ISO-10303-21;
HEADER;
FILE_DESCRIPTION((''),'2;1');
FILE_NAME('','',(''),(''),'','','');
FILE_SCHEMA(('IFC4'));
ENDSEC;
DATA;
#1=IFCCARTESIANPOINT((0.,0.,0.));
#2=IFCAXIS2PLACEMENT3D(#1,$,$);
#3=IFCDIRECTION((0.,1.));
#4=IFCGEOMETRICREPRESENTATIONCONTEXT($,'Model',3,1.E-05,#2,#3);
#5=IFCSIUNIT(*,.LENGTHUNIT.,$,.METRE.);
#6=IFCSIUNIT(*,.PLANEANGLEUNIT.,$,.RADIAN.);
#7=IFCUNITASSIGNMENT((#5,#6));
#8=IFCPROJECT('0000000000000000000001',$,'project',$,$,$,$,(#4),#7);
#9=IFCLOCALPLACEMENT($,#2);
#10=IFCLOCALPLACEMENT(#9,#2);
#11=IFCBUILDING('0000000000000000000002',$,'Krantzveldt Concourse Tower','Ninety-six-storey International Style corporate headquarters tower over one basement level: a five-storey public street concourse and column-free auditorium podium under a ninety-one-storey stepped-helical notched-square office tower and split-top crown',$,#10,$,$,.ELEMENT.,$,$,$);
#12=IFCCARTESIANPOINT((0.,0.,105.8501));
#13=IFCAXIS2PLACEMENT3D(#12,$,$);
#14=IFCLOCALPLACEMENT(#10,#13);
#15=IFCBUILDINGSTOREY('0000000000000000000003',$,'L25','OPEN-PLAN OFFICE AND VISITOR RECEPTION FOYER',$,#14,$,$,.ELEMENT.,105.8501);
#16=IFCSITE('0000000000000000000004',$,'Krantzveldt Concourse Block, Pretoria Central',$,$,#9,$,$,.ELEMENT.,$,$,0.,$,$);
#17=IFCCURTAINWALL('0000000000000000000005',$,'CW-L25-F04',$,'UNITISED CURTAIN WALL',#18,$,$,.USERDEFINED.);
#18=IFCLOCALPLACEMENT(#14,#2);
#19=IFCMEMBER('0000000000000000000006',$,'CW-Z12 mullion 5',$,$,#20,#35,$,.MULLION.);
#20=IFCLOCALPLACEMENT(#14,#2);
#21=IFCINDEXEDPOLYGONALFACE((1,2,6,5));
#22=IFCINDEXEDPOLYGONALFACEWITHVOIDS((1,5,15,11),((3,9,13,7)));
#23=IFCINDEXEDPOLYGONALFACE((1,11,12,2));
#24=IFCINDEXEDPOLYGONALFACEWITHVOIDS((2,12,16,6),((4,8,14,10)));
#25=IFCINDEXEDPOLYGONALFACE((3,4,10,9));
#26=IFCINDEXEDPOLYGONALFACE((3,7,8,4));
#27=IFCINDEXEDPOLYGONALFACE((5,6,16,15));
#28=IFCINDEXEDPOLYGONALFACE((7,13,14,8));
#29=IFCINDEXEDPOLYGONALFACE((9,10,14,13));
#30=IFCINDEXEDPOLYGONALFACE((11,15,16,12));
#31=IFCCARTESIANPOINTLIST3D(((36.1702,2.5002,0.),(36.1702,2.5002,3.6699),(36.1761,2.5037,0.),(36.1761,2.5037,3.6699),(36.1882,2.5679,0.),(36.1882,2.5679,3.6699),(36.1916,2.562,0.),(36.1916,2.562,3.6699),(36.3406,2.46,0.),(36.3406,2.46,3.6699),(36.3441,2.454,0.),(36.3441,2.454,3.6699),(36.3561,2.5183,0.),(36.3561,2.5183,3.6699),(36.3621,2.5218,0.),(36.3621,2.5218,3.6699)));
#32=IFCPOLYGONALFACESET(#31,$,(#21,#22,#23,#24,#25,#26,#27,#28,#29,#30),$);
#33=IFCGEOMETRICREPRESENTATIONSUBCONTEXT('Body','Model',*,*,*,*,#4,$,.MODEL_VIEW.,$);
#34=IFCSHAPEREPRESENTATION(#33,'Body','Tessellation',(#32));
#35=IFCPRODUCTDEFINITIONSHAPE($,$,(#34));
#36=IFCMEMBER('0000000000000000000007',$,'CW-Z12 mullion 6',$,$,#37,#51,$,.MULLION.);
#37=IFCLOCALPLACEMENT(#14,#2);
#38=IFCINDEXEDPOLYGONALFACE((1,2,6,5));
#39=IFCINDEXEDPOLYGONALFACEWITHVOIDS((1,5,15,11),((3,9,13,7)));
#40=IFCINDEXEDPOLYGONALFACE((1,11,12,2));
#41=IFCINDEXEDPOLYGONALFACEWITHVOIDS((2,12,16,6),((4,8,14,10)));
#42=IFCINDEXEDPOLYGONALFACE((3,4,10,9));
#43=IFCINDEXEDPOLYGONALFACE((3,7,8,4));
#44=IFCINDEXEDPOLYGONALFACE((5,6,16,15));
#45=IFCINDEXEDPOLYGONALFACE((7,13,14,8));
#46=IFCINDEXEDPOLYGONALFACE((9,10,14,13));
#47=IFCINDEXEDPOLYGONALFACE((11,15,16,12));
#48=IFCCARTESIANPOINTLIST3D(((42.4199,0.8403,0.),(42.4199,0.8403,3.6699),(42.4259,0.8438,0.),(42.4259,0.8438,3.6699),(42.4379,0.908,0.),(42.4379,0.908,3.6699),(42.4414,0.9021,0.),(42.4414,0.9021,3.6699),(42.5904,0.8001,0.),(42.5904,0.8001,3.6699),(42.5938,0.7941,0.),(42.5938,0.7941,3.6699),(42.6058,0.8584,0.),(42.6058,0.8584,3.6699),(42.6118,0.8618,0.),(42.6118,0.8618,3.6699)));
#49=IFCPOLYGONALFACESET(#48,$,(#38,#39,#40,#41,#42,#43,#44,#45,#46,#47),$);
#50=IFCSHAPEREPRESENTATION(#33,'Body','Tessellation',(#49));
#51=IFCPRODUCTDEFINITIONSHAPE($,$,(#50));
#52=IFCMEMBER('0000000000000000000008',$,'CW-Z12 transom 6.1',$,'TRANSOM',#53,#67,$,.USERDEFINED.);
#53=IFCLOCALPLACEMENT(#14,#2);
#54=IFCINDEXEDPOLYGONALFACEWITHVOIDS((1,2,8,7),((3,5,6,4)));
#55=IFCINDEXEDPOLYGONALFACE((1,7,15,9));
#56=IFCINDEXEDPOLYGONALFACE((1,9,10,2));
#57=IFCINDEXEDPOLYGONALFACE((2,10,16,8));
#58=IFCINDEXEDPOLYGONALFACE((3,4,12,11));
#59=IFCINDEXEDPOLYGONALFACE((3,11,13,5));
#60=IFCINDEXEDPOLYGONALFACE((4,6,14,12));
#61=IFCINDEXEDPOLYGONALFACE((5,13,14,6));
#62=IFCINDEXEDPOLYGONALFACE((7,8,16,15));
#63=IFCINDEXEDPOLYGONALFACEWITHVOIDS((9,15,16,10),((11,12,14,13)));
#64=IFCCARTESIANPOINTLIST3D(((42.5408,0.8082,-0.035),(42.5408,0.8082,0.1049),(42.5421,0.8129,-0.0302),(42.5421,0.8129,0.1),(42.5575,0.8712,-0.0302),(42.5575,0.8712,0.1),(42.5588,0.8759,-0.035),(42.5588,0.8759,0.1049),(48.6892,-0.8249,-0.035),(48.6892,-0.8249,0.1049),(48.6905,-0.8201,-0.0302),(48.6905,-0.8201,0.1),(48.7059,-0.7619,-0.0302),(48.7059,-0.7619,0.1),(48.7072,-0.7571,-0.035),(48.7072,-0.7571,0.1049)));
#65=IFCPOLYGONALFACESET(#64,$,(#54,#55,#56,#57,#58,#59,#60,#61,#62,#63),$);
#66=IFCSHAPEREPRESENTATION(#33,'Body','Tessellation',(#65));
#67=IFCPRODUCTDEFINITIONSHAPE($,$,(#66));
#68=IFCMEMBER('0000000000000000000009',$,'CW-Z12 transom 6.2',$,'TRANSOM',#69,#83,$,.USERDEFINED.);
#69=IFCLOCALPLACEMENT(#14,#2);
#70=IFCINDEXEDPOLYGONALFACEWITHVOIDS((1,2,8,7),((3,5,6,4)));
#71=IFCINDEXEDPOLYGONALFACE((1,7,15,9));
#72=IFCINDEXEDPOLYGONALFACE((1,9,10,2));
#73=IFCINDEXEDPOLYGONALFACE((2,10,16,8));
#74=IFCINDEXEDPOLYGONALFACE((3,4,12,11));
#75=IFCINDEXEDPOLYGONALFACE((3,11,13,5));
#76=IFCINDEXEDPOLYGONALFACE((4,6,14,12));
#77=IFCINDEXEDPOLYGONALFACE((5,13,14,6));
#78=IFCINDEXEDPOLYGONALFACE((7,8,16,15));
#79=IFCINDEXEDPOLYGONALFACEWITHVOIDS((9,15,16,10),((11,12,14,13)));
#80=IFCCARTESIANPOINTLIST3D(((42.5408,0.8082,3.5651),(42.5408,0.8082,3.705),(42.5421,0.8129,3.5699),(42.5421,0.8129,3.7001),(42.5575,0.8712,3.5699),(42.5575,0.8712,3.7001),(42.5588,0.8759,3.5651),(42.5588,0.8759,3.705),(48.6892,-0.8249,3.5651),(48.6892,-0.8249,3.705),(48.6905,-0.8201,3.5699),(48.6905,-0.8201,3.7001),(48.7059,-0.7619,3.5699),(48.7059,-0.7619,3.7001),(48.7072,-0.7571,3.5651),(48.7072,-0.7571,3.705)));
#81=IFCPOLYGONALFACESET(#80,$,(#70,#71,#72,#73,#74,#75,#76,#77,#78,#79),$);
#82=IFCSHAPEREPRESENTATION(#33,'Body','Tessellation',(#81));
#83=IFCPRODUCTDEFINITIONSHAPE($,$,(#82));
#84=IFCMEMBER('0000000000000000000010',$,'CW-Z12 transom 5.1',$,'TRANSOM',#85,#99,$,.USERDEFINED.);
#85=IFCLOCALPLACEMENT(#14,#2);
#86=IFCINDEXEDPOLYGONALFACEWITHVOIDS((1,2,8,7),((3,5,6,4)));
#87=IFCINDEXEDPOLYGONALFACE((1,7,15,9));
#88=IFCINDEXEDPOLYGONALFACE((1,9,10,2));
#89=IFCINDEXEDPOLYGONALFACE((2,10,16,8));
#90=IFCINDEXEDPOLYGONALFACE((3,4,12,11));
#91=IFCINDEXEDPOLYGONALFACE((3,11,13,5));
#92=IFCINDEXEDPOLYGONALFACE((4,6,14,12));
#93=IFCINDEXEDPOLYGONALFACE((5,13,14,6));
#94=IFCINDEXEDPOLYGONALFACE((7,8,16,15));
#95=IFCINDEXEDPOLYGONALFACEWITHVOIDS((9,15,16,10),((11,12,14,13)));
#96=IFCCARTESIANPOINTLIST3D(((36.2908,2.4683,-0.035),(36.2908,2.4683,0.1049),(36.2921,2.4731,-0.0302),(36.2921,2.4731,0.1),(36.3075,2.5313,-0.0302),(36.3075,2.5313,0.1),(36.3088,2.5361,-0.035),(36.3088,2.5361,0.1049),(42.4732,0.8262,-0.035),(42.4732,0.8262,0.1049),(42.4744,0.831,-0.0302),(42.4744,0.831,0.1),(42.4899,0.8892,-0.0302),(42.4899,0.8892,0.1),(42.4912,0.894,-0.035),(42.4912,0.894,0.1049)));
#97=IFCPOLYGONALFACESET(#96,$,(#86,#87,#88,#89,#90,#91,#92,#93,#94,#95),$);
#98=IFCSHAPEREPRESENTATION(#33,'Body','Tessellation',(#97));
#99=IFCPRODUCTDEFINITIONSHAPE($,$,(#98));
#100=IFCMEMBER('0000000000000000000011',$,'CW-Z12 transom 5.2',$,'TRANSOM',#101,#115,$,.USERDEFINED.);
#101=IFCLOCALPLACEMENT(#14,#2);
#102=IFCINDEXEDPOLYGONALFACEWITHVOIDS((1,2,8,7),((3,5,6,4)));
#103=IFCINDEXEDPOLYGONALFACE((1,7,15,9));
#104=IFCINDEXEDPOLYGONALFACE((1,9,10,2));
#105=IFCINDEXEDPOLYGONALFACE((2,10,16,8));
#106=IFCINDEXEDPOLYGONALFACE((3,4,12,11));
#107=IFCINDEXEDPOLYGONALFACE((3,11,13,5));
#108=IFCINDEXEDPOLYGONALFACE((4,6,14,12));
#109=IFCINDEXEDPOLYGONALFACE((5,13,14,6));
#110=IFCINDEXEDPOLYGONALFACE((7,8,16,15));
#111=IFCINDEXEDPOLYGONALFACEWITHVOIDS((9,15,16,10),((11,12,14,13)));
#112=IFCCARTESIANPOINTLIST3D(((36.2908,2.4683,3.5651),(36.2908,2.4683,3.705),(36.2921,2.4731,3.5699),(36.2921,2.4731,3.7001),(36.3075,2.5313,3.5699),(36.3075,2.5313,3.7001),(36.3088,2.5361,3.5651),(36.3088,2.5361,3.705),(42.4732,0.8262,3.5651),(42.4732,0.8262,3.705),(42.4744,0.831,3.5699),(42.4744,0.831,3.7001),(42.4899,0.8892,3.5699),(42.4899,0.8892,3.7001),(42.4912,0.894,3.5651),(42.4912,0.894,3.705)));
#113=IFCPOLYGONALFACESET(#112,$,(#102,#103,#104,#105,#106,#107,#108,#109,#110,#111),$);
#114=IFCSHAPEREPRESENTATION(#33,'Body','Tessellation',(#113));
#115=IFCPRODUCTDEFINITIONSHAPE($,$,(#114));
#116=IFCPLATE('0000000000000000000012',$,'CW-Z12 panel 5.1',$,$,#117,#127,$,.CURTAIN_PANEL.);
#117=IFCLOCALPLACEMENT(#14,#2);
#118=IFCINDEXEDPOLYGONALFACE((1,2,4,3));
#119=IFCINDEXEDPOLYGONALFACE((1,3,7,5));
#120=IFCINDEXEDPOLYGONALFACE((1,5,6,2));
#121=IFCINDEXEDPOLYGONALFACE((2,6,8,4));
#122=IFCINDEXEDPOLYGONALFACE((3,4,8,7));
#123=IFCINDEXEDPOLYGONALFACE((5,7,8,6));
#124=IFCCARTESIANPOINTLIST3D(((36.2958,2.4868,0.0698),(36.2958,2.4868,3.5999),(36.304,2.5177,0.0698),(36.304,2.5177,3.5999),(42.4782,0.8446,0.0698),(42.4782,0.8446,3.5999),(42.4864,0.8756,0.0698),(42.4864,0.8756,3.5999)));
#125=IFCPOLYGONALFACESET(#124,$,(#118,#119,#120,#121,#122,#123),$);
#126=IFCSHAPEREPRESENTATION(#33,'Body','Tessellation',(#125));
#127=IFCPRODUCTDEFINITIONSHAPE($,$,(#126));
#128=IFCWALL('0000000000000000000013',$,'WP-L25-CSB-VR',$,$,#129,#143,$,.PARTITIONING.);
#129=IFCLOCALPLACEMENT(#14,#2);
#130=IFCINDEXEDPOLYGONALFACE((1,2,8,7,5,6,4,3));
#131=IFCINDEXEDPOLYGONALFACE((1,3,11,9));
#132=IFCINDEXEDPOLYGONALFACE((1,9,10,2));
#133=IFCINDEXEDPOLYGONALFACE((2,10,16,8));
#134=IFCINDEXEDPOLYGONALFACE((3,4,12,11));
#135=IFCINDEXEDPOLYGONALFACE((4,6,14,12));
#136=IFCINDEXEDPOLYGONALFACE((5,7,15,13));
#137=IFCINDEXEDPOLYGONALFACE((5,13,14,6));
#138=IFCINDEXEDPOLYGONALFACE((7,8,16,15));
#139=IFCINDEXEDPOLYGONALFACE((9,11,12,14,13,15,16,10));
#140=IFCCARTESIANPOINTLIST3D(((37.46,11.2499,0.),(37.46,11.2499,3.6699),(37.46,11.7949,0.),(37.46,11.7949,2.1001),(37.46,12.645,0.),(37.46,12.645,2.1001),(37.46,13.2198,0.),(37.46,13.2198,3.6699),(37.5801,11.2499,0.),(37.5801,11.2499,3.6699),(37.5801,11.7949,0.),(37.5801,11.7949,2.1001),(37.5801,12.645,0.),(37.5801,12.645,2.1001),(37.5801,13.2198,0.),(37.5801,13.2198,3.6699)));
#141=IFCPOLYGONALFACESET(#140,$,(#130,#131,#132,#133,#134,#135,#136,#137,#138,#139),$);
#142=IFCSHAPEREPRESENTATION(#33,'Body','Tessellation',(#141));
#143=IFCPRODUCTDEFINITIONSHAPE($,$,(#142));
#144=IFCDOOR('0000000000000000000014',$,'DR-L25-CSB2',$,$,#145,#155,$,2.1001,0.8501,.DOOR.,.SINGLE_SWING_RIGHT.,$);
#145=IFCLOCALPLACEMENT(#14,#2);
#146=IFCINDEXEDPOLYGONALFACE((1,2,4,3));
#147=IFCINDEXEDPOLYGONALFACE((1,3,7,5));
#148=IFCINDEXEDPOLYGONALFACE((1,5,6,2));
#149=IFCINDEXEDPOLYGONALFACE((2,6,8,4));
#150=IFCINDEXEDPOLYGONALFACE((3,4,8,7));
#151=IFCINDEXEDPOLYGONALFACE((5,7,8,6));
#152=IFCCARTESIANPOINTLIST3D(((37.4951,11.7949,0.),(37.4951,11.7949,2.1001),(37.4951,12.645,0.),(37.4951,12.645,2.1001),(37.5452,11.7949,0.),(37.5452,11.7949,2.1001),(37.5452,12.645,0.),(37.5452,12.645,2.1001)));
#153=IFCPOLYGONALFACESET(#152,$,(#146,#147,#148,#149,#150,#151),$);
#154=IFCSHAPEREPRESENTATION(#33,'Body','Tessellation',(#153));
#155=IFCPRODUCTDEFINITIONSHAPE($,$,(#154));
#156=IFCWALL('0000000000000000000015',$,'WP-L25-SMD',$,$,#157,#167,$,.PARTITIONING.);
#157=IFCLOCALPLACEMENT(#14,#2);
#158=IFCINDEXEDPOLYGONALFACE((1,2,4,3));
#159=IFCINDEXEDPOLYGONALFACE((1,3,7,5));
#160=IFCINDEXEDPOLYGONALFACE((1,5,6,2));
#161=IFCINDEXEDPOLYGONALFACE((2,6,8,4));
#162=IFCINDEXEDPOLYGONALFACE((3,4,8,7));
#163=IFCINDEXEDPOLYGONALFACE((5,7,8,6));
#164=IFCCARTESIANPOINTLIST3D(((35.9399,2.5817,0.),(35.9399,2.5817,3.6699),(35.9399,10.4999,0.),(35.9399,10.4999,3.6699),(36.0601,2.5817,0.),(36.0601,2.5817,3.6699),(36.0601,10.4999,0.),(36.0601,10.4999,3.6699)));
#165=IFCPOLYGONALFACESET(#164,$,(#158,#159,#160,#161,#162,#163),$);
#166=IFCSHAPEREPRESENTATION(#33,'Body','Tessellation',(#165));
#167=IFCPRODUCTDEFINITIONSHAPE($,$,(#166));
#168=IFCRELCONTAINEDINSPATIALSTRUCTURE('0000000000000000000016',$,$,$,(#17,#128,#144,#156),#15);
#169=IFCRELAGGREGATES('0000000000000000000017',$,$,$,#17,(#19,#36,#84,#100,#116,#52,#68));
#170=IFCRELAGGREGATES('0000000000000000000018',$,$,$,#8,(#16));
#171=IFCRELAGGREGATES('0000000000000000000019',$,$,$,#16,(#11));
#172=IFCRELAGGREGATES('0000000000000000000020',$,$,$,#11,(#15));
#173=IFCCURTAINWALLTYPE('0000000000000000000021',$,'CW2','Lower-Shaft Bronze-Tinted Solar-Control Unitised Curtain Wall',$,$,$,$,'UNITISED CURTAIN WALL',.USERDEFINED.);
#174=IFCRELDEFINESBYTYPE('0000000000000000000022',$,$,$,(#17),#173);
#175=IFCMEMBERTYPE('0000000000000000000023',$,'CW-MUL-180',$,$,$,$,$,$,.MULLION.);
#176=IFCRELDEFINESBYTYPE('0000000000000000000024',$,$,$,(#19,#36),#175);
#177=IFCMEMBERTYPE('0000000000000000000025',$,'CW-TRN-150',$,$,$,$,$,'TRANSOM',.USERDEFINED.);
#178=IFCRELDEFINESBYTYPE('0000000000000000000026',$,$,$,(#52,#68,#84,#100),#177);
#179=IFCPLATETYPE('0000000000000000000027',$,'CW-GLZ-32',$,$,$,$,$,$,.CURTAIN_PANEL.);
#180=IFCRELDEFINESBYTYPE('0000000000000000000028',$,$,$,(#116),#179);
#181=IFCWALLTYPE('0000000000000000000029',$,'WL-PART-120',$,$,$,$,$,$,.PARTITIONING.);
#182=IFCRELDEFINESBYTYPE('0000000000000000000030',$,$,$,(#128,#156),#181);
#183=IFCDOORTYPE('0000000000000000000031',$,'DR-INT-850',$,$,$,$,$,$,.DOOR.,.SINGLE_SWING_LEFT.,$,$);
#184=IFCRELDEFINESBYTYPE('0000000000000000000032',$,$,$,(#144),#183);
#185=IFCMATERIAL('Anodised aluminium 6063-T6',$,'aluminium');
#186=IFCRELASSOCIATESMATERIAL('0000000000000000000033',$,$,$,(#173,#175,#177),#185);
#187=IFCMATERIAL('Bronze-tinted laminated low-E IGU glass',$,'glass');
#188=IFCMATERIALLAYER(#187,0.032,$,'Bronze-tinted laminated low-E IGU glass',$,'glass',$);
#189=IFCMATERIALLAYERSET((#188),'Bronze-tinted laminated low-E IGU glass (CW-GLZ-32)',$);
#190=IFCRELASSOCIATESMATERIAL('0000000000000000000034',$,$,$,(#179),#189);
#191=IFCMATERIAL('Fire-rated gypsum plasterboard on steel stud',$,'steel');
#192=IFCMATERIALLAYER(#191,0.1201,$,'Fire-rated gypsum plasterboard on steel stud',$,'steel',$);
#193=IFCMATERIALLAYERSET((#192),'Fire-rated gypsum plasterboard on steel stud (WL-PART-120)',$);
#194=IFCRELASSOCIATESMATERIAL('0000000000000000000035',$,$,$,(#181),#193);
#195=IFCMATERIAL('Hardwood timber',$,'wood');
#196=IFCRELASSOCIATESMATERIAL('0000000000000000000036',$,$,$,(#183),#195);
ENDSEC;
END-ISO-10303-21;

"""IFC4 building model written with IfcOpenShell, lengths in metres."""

from ifc_helpers import new_model, si_unit, direction, frame, frame_2d, origin, origin_2d, place, context, subcontext, project, spatial, rectangle, hollow_rectangle, extrude, source, transform, mapped, material, layer, layer_set, material_profile, profile_set, type_object, type_shapes, element, fill, aggregate, save


model = new_model("IFC4")

# Units and contexts
model_context = context("Model", 3, precision=1e-05, world=origin(), true_north=direction((0.0, 1.0)))
body_context = subcontext(model_context, "Body", "Model", "MODEL_VIEW")
ifc_project = project(units=[si_unit("LENGTHUNIT", "METRE"), si_unit("PLANEANGLEUNIT", "RADIAN")], contexts=[model_context])

# Site, building, storey
site_placement = place(None, origin())
site = spatial("IfcSite", under=ifc_project, at=site_placement, Name="Krantzveldt Concourse Block, Pretoria Central", CompositionType="ELEMENT", RefElevation=0.0)
building_placement = place(site_placement, origin())
building = spatial("IfcBuilding", under=site, at=building_placement, Name="Krantzveldt Concourse Tower", Description="Ninety-six-storey International Style corporate headquarters tower over one basement level: a five-storey public street concourse and column-free auditorium podium under a ninety-one-storey stepped-helical notched-square office tower and split-top crown", CompositionType="ELEMENT")
storey_placement = place(building_placement, frame((0.0, 0.0, 105.8501)))
storey = spatial("IfcBuildingStorey", under=building, at=storey_placement, Name="L25", Description="OPEN-PLAN OFFICE AND VISITOR RECEPTION FOYER", CompositionType="ELEMENT", Elevation=105.8501)

# Curtain wall, members, plate
ifc_material_1 = material(Name="Anodised aluminium 6063-T6", Category="aluminium")
curtain_wall_type = type_object("IfcCurtainWallType", Name="CW2", Description="Lower-Shaft Bronze-Tinted Solar-Control Unitised Curtain Wall", ElementType="UNITISED CURTAIN WALL", PredefinedType="USERDEFINED", material=ifc_material_1)
curtain_wall_placement = place(storey_placement, origin())
curtain_wall = element("IfcCurtainWall", 1, at=curtain_wall_placement, inside=storey, type_object=curtain_wall_type, Name="CW-L25-F04", ObjectType="UNITISED CURTAIN WALL", PredefinedType="USERDEFINED")
ifc_material_profile_1 = material_profile(ifc_material_1, hollow_rectangle(XDim=0.0701, YDim=0.1799, WallThickness=0.0049, at=origin_2d()), Name="Anodised aluminium 6063-T6", Category="aluminium")
ifc_profile_set_1 = profile_set([ifc_material_profile_1], Name="Anodised aluminium 6063-T6 - ALU-MULL 180x70x5")
member_type_1 = type_object("IfcMemberType", Name="CW-MUL-180", PredefinedType="MULLION", material=ifc_profile_set_1)
shared_shape_1 = source(origin(), body_context, "Body", "SweptSolid", [
    extrude(hollow_rectangle(XDim=0.0701, YDim=0.1799, WallThickness=0.0049, at=origin_2d()), origin(), (0.0, 0.0, 1.0), 3.6699),
])
type_shapes(member_type_1, [shared_shape_1])
member_1_placement = place(storey_placement, frame((36.2661, 2.511, 0.0), z_axis=(0.0, 0.0, 1.0), x_axis=(0.256711, 0.966488, 0.0)))
member_1 = element("IfcMember", 2, at=member_1_placement, type_object=member_type_1, Name="CW-Z12 mullion 5", PredefinedType="MULLION", context=body_context, shape_type="MappedRepresentation", body=[
    mapped(shared_shape_1, transform((0.0, 0.0, 0.0), x_axis=(1.0, 0.0, 0.0), y_axis=(0.0, 1.0, 0.0), z_axis=(0.0, 0.0, 1.0), scale=1.0)),
])
member_2_placement = place(storey_placement, frame((42.5159, 0.8511, 0.0), z_axis=(0.0, 0.0, 1.0), x_axis=(0.256711, 0.966488, 0.0)))
member_2 = element("IfcMember", 3, at=member_2_placement, type_object=member_type_1, Name="CW-Z12 mullion 6", PredefinedType="MULLION", context=body_context, shape_type="MappedRepresentation", body=[
    mapped(shared_shape_1, transform((0.0, 0.0, 0.0), x_axis=(1.0, 0.0, 0.0), y_axis=(0.0, 1.0, 0.0), z_axis=(0.0, 0.0, 1.0), scale=1.0)),
])
ifc_material_profile_2 = material_profile(ifc_material_1, hollow_rectangle(XDim=0.0701, YDim=0.1399, WallThickness=0.0049, at=origin_2d()), Name="Anodised aluminium 6063-T6", Category="aluminium")
ifc_profile_set_2 = profile_set([ifc_material_profile_2], Name="Anodised aluminium 6063-T6 - ALU-TRAN 140x70x5")
member_type_2 = type_object("IfcMemberType", Name="CW-TRN-150", ElementType="TRANSOM", PredefinedType="USERDEFINED", material=ifc_profile_set_2)
shared_shape_2 = source(origin(), body_context, "Body", "SweptSolid", [
    extrude(hollow_rectangle(XDim=0.0701, YDim=0.1399, WallThickness=0.0049, at=origin_2d()), origin(), (0.0, 0.0, 1.0), 6.3616),
])
member_3_placement = place(storey_placement, frame((42.5498, 0.842, 0.0349), z_axis=(0.96649, -0.256705, 0.0), x_axis=(0.256705, 0.96649, 0.0)))
member_3 = element("IfcMember", 4, at=member_3_placement, type_object=member_type_2, Name="CW-Z12 transom 6.1", ObjectType="TRANSOM", PredefinedType="USERDEFINED", context=body_context, shape_type="MappedRepresentation", body=[
    mapped(shared_shape_2, transform((0.0, 0.0, 0.0), x_axis=(1.0, 0.0, 0.0), y_axis=(0.0, 1.0, 0.0), z_axis=(0.0, 0.0, 1.0), scale=1.0)),
])
member_4_placement = place(storey_placement, frame((42.5498, 0.842, 3.635), z_axis=(0.96649, -0.256705, 0.0), x_axis=(0.256705, 0.96649, 0.0)))
member_4 = element("IfcMember", 5, at=member_4_placement, type_object=member_type_2, Name="CW-Z12 transom 6.2", ObjectType="TRANSOM", PredefinedType="USERDEFINED", context=body_context, shape_type="MappedRepresentation", body=[
    mapped(shared_shape_2, transform((0.0, 0.0, 0.0), x_axis=(1.0, 0.0, 0.0), y_axis=(0.0, 1.0, 0.0), z_axis=(0.0, 0.0, 1.0), scale=1.0)),
])
shared_shape_3 = source(origin(), body_context, "Body", "SweptSolid", [
    extrude(hollow_rectangle(XDim=0.0701, YDim=0.1399, WallThickness=0.0049, at=origin_2d()), origin(), (0.0, 0.0, 1.0), 6.3967),
])
type_shapes(member_type_2, [shared_shape_2, shared_shape_3])
member_5_placement = place(storey_placement, frame((36.2998, 2.5022, 0.0349), z_axis=(0.966489, -0.256708, 0.0), x_axis=(0.256708, 0.966489, 0.0)))
member_5 = element("IfcMember", 6, at=member_5_placement, type_object=member_type_2, Name="CW-Z12 transom 5.1", ObjectType="TRANSOM", PredefinedType="USERDEFINED", context=body_context, shape_type="MappedRepresentation", body=[
    mapped(shared_shape_3, transform((0.0, 0.0, 0.0), x_axis=(1.0, 0.0, 0.0), y_axis=(0.0, 1.0, 0.0), z_axis=(0.0, 0.0, 1.0), scale=1.0)),
])
member_6_placement = place(storey_placement, frame((36.2998, 2.5022, 3.635), z_axis=(0.966489, -0.256708, 0.0), x_axis=(0.256708, 0.966489, 0.0)))
member_6 = element("IfcMember", 7, at=member_6_placement, type_object=member_type_2, Name="CW-Z12 transom 5.2", ObjectType="TRANSOM", PredefinedType="USERDEFINED", context=body_context, shape_type="MappedRepresentation", body=[
    mapped(shared_shape_3, transform((0.0, 0.0, 0.0), x_axis=(1.0, 0.0, 0.0), y_axis=(0.0, 1.0, 0.0), z_axis=(0.0, 0.0, 1.0), scale=1.0)),
])
ifc_material_2 = material(Name="Bronze-tinted laminated low-E IGU glass", Category="glass")
ifc_layer_1 = layer(ifc_material_2, 0.032, Name="Bronze-tinted laminated low-E IGU glass", Category="glass")
ifc_layer_set_1 = layer_set([ifc_layer_1], Name="Bronze-tinted laminated low-E IGU glass (CW-GLZ-32)")
plate_type = type_object("IfcPlateType", Name="CW-GLZ-32", PredefinedType="CURTAIN_PANEL", material=ifc_layer_set_1)
shared_shape_4 = source(origin(), body_context, "Body", "SweptSolid", [
    extrude(rectangle(XDim=6.3967, YDim=0.032, at=origin_2d()), origin(), (0.0, 0.0, 1.0), 3.53),
])
type_shapes(plate_type, [shared_shape_4])
plate_placement = place(storey_placement, frame((39.3911, 1.6812, 0.0698), z_axis=(0.0, 0.0, 1.0), x_axis=(0.966488, -0.256711, 0.0)))
plate = element("IfcPlate", 8, at=plate_placement, type_object=plate_type, Name="CW-Z12 panel 5.1", PredefinedType="CURTAIN_PANEL", context=body_context, shape_type="MappedRepresentation", body=[
    mapped(shared_shape_4, transform((0.0, 0.0, 0.0), x_axis=(1.0, 0.0, 0.0), y_axis=(0.0, 1.0, 0.0), z_axis=(0.0, 0.0, 1.0), scale=1.0)),
])
aggregate(curtain_wall, [member_1, member_2, member_5, member_6, plate, member_3, member_4])

# Wall, opening, door
ifc_material_3 = material(Name="Fire-rated gypsum plasterboard on steel stud", Category="steel")
ifc_layer_2 = layer(ifc_material_3, 0.1201, Name="Fire-rated gypsum plasterboard on steel stud", Category="steel")
ifc_layer_set_2 = layer_set([ifc_layer_2], Name="Fire-rated gypsum plasterboard on steel stud (WL-PART-120)")
wall_type_1 = type_object("IfcWallType", Name="WL-PART-120", PredefinedType="PARTITIONING", material=ifc_layer_set_2)
wall_1_placement = place(storey_placement, frame((37.52, 11.25, 0.0), z_axis=(0.0, 0.0, 1.0), x_axis=(0.0, 1.0, 0.0)))
wall_1 = element("IfcWall", 9, at=wall_1_placement, inside=storey, type_object=wall_type_1, Name="WP-L25-CSB-VR", PredefinedType="PARTITIONING", context=body_context, shape_type="SweptSolid", body=[
    extrude(rectangle(XDim=1.97, YDim=0.1201, at=frame_2d((0.9849, 0.0))), origin(), (0.0, 0.0, 1.0), 3.6699),
])
opening_1_placement = place(wall_1_placement, frame((0.5449, 0.0, 0.0)))
opening_1 = element("IfcOpeningElement", 10, at=opening_1_placement, cuts=wall_1, PredefinedType="OPENING", context=body_context, shape_type="SweptSolid", body=[
    extrude(rectangle(XDim=0.8501, YDim=2.1001, at=frame_2d((0.425, 1.05))), frame((0.0, 0.0701, 0.0), z_axis=(0.0, -1.0, 0.0), x_axis=(1.0, 0.0, 0.0)), (0.0, 0.0, 1.0), 0.1401),
])
ifc_material_4 = material(Name="Hardwood timber", Category="wood")
door_type_1 = type_object("IfcDoorType", Name="DR-INT-850", OperationType="SINGLE_SWING_LEFT", PredefinedType="DOOR", material=ifc_material_4)
door_1_placement = place(opening_1_placement, origin())
door_1 = element("IfcDoor", 11, at=door_1_placement, inside=storey, type_object=door_type_1, Name="DR-L25-CSB2", OperationType="SINGLE_SWING_RIGHT", OverallHeight=2.1001, OverallWidth=0.8501, PredefinedType="DOOR", context=body_context, shape_type="SweptSolid", body=[
    extrude(rectangle(XDim=0.8501, YDim=2.1001, at=frame_2d((0.425, 1.05))), frame((0.0, 0.0249, 0.0), z_axis=(0.0, -1.0, 0.0), x_axis=(1.0, 0.0, 0.0)), (0.0, 0.0, 1.0), 0.05),
])
fill(opening_1, door_1)

# Wall
wall_2_placement = place(storey_placement, frame((36.0, 2.5818, 0.0), z_axis=(0.0, 0.0, 1.0), x_axis=(0.0, 1.0, 0.0)))
element("IfcWall", 12, at=wall_2_placement, inside=storey, type_object=wall_type_1, Name="WP-L25-SMD", PredefinedType="PARTITIONING", context=body_context, shape_type="SweptSolid", body=[
    extrude(rectangle(XDim=7.9182, YDim=0.1201, at=frame_2d((3.959, 0.0))), origin(), (0.0, 0.0, 1.0), 3.6699),
])

save(model, "model.ifc")
